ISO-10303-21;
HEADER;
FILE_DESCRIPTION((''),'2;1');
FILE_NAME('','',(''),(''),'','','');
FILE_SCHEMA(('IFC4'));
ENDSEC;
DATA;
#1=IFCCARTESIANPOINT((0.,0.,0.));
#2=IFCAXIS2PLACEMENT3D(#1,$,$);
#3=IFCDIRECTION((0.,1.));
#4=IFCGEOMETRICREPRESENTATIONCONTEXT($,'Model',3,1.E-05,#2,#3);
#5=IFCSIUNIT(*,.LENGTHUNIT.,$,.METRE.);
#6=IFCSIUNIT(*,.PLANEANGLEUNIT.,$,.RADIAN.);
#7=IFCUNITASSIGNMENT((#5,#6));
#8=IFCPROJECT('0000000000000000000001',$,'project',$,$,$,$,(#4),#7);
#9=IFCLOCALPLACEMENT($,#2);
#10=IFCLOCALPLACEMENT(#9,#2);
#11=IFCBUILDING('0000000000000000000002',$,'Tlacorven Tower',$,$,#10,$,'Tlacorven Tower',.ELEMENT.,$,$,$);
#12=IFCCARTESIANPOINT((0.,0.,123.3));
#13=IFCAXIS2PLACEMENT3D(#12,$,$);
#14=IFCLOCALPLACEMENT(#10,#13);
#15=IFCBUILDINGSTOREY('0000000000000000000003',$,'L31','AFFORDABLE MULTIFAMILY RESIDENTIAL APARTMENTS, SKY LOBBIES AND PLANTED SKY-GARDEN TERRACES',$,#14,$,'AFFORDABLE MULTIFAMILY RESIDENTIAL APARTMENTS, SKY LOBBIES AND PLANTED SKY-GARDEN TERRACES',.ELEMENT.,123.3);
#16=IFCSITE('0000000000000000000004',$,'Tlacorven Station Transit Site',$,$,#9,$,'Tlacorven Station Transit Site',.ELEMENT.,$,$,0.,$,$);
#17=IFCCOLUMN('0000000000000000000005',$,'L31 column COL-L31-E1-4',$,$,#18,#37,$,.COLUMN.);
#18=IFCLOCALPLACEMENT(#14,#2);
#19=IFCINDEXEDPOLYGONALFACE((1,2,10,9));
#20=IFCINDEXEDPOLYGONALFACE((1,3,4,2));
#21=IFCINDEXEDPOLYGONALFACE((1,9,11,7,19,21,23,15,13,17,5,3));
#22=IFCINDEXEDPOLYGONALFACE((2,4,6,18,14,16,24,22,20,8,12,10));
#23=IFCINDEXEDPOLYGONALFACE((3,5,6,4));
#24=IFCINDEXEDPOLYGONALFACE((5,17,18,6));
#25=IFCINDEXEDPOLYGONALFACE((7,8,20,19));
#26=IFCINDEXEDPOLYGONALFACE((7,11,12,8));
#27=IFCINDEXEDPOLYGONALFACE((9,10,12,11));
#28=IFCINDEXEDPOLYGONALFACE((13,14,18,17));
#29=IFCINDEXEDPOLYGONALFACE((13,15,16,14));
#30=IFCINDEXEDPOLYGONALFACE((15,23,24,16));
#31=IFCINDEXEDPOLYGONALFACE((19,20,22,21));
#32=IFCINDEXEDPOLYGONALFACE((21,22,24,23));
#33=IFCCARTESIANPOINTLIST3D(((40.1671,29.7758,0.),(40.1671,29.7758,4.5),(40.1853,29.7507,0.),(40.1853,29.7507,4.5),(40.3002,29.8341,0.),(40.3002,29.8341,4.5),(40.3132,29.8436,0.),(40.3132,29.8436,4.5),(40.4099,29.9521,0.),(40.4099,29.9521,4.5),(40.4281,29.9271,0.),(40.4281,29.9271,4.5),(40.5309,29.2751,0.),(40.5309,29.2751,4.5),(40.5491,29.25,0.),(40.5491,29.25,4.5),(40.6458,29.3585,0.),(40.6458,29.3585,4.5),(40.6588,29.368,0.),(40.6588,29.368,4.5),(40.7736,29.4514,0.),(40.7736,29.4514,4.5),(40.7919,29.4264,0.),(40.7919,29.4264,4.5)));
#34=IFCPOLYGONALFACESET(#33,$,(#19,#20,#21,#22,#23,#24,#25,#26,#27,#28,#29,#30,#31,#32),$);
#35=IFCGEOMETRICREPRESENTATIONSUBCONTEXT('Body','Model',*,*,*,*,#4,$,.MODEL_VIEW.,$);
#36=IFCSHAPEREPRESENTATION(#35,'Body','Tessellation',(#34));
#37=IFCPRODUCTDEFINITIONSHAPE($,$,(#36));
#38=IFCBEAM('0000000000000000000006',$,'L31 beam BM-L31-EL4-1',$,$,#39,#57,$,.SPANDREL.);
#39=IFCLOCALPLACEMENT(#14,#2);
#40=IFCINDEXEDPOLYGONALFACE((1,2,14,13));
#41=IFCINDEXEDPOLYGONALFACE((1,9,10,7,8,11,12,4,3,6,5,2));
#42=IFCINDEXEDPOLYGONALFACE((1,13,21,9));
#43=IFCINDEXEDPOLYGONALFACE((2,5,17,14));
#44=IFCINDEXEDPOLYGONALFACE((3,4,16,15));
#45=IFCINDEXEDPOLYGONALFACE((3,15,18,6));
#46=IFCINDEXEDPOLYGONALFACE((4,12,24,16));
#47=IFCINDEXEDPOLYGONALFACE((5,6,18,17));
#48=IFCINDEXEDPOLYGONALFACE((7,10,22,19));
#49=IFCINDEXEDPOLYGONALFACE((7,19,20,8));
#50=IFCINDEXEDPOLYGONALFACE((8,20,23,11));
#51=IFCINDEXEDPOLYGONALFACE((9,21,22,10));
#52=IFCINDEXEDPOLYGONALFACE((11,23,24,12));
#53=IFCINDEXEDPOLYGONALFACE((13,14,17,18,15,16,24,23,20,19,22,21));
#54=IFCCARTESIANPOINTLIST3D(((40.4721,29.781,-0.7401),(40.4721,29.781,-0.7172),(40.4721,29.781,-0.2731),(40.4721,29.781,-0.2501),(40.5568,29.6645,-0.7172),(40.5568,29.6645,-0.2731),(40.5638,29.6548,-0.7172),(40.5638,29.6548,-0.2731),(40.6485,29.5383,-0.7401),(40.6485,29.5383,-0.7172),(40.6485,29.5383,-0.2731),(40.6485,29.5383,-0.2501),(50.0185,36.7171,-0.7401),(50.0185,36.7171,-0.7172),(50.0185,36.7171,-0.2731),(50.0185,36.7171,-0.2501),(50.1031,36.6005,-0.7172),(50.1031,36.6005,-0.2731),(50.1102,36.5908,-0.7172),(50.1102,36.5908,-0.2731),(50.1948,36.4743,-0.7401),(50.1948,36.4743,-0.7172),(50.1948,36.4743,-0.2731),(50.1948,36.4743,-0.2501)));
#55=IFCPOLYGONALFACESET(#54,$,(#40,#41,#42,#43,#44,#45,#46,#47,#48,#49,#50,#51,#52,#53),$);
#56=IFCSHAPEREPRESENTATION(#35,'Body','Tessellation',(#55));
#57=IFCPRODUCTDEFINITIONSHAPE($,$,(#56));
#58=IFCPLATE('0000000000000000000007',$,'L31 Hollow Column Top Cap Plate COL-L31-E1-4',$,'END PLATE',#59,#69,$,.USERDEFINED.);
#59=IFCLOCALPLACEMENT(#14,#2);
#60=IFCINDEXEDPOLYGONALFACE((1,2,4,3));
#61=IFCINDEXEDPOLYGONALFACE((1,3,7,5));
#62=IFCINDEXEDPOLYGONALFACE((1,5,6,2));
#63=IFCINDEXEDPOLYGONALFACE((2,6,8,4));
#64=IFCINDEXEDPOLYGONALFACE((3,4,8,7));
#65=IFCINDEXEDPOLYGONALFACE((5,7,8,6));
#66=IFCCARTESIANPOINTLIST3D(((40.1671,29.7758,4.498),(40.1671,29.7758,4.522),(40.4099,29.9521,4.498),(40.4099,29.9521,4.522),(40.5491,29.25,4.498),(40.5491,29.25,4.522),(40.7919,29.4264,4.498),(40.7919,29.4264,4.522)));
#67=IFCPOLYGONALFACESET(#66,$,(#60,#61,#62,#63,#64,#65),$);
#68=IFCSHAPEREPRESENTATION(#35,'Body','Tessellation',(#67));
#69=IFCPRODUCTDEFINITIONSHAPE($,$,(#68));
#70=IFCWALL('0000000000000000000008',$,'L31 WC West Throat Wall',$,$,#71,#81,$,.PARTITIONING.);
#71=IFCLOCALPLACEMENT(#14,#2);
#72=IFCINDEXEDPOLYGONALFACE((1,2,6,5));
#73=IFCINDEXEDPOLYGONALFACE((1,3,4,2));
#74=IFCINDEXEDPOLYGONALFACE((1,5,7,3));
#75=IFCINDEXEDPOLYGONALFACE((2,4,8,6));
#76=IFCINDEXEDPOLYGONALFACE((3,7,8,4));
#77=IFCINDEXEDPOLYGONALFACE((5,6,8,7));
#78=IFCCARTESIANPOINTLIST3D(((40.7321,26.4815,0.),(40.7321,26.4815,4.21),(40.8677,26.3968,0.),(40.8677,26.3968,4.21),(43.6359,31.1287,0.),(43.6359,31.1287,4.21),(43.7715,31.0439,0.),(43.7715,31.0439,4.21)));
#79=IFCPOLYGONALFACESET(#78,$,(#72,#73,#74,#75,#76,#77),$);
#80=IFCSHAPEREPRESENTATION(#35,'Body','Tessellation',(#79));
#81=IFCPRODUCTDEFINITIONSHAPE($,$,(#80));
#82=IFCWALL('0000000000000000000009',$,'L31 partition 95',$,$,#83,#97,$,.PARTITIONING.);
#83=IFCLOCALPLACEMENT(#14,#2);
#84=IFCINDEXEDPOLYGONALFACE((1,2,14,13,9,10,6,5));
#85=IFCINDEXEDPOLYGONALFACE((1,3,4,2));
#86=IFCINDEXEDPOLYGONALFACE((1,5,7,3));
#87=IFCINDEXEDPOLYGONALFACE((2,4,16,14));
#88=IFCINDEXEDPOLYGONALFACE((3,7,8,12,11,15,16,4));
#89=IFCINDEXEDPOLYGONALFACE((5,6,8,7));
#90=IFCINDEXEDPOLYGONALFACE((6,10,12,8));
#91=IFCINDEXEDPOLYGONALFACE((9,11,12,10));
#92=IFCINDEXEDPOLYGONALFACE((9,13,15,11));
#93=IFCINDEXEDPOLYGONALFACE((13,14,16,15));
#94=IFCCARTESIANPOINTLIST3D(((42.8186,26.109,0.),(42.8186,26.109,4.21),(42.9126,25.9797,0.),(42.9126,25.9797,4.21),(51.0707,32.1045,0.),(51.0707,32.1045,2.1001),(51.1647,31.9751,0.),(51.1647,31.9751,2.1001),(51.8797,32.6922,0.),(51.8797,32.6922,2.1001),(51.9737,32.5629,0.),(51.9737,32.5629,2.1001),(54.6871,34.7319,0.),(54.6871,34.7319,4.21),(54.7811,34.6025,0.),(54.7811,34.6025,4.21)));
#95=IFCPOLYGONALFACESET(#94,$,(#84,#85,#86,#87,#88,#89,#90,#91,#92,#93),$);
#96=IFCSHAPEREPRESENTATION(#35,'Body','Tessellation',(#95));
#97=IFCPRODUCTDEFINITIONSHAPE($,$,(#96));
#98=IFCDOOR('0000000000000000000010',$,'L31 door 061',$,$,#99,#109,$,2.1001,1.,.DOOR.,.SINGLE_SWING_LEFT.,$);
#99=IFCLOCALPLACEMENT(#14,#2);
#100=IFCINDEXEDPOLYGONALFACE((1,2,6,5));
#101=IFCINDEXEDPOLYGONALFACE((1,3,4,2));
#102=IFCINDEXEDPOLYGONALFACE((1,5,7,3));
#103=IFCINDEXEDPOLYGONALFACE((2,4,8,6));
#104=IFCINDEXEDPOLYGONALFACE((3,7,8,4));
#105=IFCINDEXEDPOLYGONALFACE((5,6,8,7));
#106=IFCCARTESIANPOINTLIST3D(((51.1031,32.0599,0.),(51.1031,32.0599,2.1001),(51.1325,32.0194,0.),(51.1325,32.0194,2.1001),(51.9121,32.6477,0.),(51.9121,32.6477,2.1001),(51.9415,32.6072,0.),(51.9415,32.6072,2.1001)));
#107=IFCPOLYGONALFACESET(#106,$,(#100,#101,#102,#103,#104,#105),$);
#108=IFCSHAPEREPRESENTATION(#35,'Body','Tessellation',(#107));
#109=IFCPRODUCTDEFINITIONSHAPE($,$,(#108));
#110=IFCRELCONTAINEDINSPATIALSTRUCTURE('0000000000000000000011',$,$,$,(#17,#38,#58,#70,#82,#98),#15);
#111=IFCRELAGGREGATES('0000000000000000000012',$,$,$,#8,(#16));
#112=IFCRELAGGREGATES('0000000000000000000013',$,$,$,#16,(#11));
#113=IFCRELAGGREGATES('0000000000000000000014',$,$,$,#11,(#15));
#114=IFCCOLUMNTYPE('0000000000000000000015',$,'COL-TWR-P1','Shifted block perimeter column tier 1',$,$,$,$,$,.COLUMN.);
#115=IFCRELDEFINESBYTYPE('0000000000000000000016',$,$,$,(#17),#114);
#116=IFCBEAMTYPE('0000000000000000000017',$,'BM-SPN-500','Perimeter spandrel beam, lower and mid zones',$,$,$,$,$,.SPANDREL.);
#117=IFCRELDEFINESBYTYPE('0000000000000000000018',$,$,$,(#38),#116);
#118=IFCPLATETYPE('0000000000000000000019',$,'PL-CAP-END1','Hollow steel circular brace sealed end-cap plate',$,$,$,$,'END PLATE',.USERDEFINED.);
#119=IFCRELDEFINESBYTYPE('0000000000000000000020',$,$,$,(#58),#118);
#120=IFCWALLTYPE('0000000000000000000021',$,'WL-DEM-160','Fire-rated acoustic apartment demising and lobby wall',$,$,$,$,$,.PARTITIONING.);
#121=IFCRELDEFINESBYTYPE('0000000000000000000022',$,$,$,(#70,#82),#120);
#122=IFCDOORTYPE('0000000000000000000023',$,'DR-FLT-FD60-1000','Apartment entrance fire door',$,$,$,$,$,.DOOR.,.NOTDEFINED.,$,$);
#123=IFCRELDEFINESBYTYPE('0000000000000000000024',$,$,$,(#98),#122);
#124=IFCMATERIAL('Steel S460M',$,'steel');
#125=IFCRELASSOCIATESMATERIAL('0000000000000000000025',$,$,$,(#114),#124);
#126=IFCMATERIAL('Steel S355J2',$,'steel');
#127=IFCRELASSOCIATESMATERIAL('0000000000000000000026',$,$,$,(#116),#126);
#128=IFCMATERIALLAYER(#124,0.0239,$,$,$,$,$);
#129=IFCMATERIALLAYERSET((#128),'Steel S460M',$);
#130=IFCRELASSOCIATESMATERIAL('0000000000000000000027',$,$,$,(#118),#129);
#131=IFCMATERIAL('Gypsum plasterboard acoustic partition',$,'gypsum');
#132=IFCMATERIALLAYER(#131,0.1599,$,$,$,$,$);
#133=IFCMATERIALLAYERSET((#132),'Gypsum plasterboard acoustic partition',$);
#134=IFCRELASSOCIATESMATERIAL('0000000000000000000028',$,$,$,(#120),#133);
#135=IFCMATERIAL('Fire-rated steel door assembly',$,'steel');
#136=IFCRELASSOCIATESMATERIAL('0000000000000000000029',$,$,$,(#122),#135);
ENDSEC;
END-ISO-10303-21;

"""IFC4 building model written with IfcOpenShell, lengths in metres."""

from ifc_helpers import new_model, si_unit, direction, frame, frame_2d, origin, origin_2d, place, context, subcontext, project, spatial, rectangle, i_section, extrude, source, transform, mapped, material, layer, layer_set, material_profile, profile_set, type_object, element, fill, save


model = new_model("IFC4")

# Units and contexts
model_context = context("Model", 3, precision=1e-05, world=origin(), true_north=direction((0.0, 1.0)))
body_context = subcontext(model_context, "Body", "Model", "MODEL_VIEW")
ifc_project = project(units=[si_unit("LENGTHUNIT", "METRE"), si_unit("PLANEANGLEUNIT", "RADIAN")], contexts=[model_context])

# Site, building, storey
site_placement = place(None, origin())
site = spatial("IfcSite", under=ifc_project, at=site_placement, Name="Tlacorven Station Transit Site", LongName="Tlacorven Station Transit Site", CompositionType="ELEMENT", RefElevation=0.0)
building_placement = place(site_placement, origin())
building = spatial("IfcBuilding", under=site, at=building_placement, Name="Tlacorven Tower", LongName="Tlacorven Tower", CompositionType="ELEMENT")
storey_placement = place(building_placement, frame((0.0, 0.0, 123.3)))
storey = spatial("IfcBuildingStorey", under=building, at=storey_placement, Name="L31", Description="AFFORDABLE MULTIFAMILY RESIDENTIAL APARTMENTS, SKY LOBBIES AND PLANTED SKY-GARDEN TERRACES", LongName="AFFORDABLE MULTIFAMILY RESIDENTIAL APARTMENTS, SKY LOBBIES AND PLANTED SKY-GARDEN TERRACES", CompositionType="ELEMENT", Elevation=123.3)

# Column
ifc_material_1 = material(Name="Steel S460M", Category="steel")
ifc_material_profile_1 = material_profile(ifc_material_1, i_section(OverallWidth=0.3, OverallDepth=0.6499, WebThickness=0.0161, FlangeThickness=0.031, at=origin_2d()), Name="HEB 650")
ifc_profile_set_1 = profile_set([ifc_material_profile_1], Name="Steel S460M")
column_type = type_object("IfcColumnType", Name="COL-TWR-P1", Description="Shifted block perimeter column tier 1", PredefinedType="COLUMN", material=ifc_profile_set_1)
shared_shape_1 = source(origin(), body_context, "Body", "SweptSolid", [
    extrude(i_section(OverallWidth=0.3, OverallDepth=0.6499, WebThickness=0.0161, FlangeThickness=0.031, at=origin_2d()), origin(), (0.0, 0.0, 1.0), 4.5),
])
column_placement = place(storey_placement, frame((40.4795, 29.6011, 0.0), z_axis=(0.0, 0.0, 1.0), x_axis=(0.809017, 0.587785, 0.0)))
element("IfcColumn", 1, at=column_placement, inside=storey, type_object=column_type, Name="L31 column COL-L31-E1-4", PredefinedType="COLUMN", context=body_context, shape_type="MappedRepresentation", body=[
    mapped(shared_shape_1, transform((0.0, 0.0, 0.0), scale=1.0)),
])

# Beam
ifc_material_2 = material(Name="Steel S355J2", Category="steel")
ifc_material_profile_2 = material_profile(ifc_material_2, i_section(OverallWidth=0.3, OverallDepth=0.49, WebThickness=0.012, FlangeThickness=0.0229, at=origin_2d()), Name="HEA 500")
ifc_profile_set_2 = profile_set([ifc_material_profile_2], Name="Steel S355J2")
beam_type = type_object("IfcBeamType", Name="BM-SPN-500", Description="Perimeter spandrel beam, lower and mid zones", PredefinedType="SPANDREL", material=ifc_profile_set_2)
shared_shape_2 = source(origin(), body_context, "Body", "SweptSolid", [
    extrude(i_section(OverallWidth=0.3, OverallDepth=0.49, WebThickness=0.012, FlangeThickness=0.0229, at=origin_2d()), origin(), (0.0, 0.0, 1.0), 11.8),
])
beam_placement = place(storey_placement, frame((40.5603, 29.6597, -0.4951), z_axis=(0.80901, 0.587795, 0.0), x_axis=(-0.587795, 0.80901, 0.0)))
element("IfcBeam", 2, at=beam_placement, inside=storey, type_object=beam_type, Name="L31 beam BM-L31-EL4-1", PredefinedType="SPANDREL", context=body_context, shape_type="MappedRepresentation", body=[
    mapped(shared_shape_2, transform((0.0, 0.0, 0.0), scale=1.0)),
])

# Plate
ifc_layer_1 = layer(ifc_material_1, 0.0239)
ifc_layer_set_1 = layer_set([ifc_layer_1], Name="Steel S460M")
plate_type = type_object("IfcPlateType", Name="PL-CAP-END1", Description="Hollow steel circular brace sealed end-cap plate", ElementType="END PLATE", PredefinedType="USERDEFINED", material=ifc_layer_set_1)
shared_shape_3 = source(origin(), body_context, "Body", "SweptSolid", [
    extrude(rectangle(XDim=0.3, YDim=0.6499, at=origin_2d()), origin(), (0.0, 0.0, 1.0), 0.0239),
])
plate_placement = place(storey_placement, frame((40.4795, 29.6011, 4.498), z_axis=(0.0, 0.0, 1.0), x_axis=(0.809017, 0.587785, 0.0)))
element("IfcPlate", 3, at=plate_placement, inside=storey, type_object=plate_type, Name="L31 Hollow Column Top Cap Plate COL-L31-E1-4", ObjectType="END PLATE", PredefinedType="USERDEFINED", context=body_context, shape_type="MappedRepresentation", body=[
    mapped(shared_shape_3, transform((0.0, 0.0, 0.0), scale=1.0)),
])

# Wall
ifc_material_3 = material(Name="Gypsum plasterboard acoustic partition", Category="gypsum")
ifc_layer_2 = layer(ifc_material_3, 0.1599)
ifc_layer_set_2 = layer_set([ifc_layer_2], Name="Gypsum plasterboard acoustic partition")
wall_type_1 = type_object("IfcWallType", Name="WL-DEM-160", Description="Fire-rated acoustic apartment demising and lobby wall", PredefinedType="PARTITIONING", material=ifc_layer_set_2)
wall_1_placement = place(storey_placement, frame((43.7036, 31.0862, 0.0), z_axis=(0.0, 0.0, 1.0), x_axis=(-0.529907, -0.848056, 0.0)))
element("IfcWall", 4, at=wall_1_placement, inside=storey, type_object=wall_type_1, Name="L31 WC West Throat Wall", PredefinedType="PARTITIONING", context=body_context, shape_type="SweptSolid", body=[
    extrude(rectangle(XDim=5.4797, YDim=0.1599, at=frame_2d((2.7397, 0.0))), origin(), (0.0, 0.0, 1.0), 4.21),
])

# Wall, opening, door
wall_2_placement = place(storey_placement, frame((42.8657, 26.0444, 0.0), z_axis=(0.0, 0.0, 1.0), x_axis=(0.80902, 0.587781, 0.0)))
wall_2 = element("IfcWall", 5, at=wall_2_placement, inside=storey, type_object=wall_type_1, Name="L31 partition 95", PredefinedType="PARTITIONING", context=body_context, shape_type="SweptSolid", body=[
    extrude(rectangle(XDim=14.6702, YDim=0.1599, at=frame_2d((7.335, 0.0))), origin(), (0.0, 0.0, 1.0), 4.21),
])
opening_1_placement = place(wall_2_placement, frame((10.2, 0.0, 0.0)))
opening_1 = element("IfcOpeningElement", 6, at=opening_1_placement, cuts=wall_2, PredefinedType="OPENING", context=body_context, shape_type="SweptSolid", body=[
    extrude(rectangle(XDim=1.0, YDim=2.1001, at=frame_2d((0.5, 1.05))), frame((0.0, 0.0898, 0.0), z_axis=(0.0, -1.0, 0.0), x_axis=(1.0, 0.0, 0.0)), (0.0, 0.0, 1.0), 0.1799),
])
ifc_material_4 = material(Name="Fire-rated steel door assembly", Category="steel")
door_type_1 = type_object("IfcDoorType", Name="DR-FLT-FD60-1000", Description="Apartment entrance fire door", OperationType="NOTDEFINED", PredefinedType="DOOR", material=ifc_material_4)
shared_shape_4 = source(origin(), body_context, "Body", "SweptSolid", [
    extrude(rectangle(XDim=1.0, YDim=2.1001, at=frame_2d((0.5, 1.05))), frame((0.0, 0.0249, 0.0), z_axis=(0.0, -1.0, 0.0), x_axis=(1.0, 0.0, 0.0)), (0.0, 0.0, 1.0), 0.05),
])
door_1_placement = place(opening_1_placement, origin())
door_1 = element("IfcDoor", 7, at=door_1_placement, inside=storey, type_object=door_type_1, Name="L31 door 061", OperationType="SINGLE_SWING_LEFT", OverallHeight=2.1001, OverallWidth=1.0, PredefinedType="DOOR", context=body_context, shape_type="MappedRepresentation", body=[
    mapped(shared_shape_4, transform((0.0, 0.0, 0.0), scale=1.0)),
])
fill(opening_1, door_1)

save(model, "model.ifc")
